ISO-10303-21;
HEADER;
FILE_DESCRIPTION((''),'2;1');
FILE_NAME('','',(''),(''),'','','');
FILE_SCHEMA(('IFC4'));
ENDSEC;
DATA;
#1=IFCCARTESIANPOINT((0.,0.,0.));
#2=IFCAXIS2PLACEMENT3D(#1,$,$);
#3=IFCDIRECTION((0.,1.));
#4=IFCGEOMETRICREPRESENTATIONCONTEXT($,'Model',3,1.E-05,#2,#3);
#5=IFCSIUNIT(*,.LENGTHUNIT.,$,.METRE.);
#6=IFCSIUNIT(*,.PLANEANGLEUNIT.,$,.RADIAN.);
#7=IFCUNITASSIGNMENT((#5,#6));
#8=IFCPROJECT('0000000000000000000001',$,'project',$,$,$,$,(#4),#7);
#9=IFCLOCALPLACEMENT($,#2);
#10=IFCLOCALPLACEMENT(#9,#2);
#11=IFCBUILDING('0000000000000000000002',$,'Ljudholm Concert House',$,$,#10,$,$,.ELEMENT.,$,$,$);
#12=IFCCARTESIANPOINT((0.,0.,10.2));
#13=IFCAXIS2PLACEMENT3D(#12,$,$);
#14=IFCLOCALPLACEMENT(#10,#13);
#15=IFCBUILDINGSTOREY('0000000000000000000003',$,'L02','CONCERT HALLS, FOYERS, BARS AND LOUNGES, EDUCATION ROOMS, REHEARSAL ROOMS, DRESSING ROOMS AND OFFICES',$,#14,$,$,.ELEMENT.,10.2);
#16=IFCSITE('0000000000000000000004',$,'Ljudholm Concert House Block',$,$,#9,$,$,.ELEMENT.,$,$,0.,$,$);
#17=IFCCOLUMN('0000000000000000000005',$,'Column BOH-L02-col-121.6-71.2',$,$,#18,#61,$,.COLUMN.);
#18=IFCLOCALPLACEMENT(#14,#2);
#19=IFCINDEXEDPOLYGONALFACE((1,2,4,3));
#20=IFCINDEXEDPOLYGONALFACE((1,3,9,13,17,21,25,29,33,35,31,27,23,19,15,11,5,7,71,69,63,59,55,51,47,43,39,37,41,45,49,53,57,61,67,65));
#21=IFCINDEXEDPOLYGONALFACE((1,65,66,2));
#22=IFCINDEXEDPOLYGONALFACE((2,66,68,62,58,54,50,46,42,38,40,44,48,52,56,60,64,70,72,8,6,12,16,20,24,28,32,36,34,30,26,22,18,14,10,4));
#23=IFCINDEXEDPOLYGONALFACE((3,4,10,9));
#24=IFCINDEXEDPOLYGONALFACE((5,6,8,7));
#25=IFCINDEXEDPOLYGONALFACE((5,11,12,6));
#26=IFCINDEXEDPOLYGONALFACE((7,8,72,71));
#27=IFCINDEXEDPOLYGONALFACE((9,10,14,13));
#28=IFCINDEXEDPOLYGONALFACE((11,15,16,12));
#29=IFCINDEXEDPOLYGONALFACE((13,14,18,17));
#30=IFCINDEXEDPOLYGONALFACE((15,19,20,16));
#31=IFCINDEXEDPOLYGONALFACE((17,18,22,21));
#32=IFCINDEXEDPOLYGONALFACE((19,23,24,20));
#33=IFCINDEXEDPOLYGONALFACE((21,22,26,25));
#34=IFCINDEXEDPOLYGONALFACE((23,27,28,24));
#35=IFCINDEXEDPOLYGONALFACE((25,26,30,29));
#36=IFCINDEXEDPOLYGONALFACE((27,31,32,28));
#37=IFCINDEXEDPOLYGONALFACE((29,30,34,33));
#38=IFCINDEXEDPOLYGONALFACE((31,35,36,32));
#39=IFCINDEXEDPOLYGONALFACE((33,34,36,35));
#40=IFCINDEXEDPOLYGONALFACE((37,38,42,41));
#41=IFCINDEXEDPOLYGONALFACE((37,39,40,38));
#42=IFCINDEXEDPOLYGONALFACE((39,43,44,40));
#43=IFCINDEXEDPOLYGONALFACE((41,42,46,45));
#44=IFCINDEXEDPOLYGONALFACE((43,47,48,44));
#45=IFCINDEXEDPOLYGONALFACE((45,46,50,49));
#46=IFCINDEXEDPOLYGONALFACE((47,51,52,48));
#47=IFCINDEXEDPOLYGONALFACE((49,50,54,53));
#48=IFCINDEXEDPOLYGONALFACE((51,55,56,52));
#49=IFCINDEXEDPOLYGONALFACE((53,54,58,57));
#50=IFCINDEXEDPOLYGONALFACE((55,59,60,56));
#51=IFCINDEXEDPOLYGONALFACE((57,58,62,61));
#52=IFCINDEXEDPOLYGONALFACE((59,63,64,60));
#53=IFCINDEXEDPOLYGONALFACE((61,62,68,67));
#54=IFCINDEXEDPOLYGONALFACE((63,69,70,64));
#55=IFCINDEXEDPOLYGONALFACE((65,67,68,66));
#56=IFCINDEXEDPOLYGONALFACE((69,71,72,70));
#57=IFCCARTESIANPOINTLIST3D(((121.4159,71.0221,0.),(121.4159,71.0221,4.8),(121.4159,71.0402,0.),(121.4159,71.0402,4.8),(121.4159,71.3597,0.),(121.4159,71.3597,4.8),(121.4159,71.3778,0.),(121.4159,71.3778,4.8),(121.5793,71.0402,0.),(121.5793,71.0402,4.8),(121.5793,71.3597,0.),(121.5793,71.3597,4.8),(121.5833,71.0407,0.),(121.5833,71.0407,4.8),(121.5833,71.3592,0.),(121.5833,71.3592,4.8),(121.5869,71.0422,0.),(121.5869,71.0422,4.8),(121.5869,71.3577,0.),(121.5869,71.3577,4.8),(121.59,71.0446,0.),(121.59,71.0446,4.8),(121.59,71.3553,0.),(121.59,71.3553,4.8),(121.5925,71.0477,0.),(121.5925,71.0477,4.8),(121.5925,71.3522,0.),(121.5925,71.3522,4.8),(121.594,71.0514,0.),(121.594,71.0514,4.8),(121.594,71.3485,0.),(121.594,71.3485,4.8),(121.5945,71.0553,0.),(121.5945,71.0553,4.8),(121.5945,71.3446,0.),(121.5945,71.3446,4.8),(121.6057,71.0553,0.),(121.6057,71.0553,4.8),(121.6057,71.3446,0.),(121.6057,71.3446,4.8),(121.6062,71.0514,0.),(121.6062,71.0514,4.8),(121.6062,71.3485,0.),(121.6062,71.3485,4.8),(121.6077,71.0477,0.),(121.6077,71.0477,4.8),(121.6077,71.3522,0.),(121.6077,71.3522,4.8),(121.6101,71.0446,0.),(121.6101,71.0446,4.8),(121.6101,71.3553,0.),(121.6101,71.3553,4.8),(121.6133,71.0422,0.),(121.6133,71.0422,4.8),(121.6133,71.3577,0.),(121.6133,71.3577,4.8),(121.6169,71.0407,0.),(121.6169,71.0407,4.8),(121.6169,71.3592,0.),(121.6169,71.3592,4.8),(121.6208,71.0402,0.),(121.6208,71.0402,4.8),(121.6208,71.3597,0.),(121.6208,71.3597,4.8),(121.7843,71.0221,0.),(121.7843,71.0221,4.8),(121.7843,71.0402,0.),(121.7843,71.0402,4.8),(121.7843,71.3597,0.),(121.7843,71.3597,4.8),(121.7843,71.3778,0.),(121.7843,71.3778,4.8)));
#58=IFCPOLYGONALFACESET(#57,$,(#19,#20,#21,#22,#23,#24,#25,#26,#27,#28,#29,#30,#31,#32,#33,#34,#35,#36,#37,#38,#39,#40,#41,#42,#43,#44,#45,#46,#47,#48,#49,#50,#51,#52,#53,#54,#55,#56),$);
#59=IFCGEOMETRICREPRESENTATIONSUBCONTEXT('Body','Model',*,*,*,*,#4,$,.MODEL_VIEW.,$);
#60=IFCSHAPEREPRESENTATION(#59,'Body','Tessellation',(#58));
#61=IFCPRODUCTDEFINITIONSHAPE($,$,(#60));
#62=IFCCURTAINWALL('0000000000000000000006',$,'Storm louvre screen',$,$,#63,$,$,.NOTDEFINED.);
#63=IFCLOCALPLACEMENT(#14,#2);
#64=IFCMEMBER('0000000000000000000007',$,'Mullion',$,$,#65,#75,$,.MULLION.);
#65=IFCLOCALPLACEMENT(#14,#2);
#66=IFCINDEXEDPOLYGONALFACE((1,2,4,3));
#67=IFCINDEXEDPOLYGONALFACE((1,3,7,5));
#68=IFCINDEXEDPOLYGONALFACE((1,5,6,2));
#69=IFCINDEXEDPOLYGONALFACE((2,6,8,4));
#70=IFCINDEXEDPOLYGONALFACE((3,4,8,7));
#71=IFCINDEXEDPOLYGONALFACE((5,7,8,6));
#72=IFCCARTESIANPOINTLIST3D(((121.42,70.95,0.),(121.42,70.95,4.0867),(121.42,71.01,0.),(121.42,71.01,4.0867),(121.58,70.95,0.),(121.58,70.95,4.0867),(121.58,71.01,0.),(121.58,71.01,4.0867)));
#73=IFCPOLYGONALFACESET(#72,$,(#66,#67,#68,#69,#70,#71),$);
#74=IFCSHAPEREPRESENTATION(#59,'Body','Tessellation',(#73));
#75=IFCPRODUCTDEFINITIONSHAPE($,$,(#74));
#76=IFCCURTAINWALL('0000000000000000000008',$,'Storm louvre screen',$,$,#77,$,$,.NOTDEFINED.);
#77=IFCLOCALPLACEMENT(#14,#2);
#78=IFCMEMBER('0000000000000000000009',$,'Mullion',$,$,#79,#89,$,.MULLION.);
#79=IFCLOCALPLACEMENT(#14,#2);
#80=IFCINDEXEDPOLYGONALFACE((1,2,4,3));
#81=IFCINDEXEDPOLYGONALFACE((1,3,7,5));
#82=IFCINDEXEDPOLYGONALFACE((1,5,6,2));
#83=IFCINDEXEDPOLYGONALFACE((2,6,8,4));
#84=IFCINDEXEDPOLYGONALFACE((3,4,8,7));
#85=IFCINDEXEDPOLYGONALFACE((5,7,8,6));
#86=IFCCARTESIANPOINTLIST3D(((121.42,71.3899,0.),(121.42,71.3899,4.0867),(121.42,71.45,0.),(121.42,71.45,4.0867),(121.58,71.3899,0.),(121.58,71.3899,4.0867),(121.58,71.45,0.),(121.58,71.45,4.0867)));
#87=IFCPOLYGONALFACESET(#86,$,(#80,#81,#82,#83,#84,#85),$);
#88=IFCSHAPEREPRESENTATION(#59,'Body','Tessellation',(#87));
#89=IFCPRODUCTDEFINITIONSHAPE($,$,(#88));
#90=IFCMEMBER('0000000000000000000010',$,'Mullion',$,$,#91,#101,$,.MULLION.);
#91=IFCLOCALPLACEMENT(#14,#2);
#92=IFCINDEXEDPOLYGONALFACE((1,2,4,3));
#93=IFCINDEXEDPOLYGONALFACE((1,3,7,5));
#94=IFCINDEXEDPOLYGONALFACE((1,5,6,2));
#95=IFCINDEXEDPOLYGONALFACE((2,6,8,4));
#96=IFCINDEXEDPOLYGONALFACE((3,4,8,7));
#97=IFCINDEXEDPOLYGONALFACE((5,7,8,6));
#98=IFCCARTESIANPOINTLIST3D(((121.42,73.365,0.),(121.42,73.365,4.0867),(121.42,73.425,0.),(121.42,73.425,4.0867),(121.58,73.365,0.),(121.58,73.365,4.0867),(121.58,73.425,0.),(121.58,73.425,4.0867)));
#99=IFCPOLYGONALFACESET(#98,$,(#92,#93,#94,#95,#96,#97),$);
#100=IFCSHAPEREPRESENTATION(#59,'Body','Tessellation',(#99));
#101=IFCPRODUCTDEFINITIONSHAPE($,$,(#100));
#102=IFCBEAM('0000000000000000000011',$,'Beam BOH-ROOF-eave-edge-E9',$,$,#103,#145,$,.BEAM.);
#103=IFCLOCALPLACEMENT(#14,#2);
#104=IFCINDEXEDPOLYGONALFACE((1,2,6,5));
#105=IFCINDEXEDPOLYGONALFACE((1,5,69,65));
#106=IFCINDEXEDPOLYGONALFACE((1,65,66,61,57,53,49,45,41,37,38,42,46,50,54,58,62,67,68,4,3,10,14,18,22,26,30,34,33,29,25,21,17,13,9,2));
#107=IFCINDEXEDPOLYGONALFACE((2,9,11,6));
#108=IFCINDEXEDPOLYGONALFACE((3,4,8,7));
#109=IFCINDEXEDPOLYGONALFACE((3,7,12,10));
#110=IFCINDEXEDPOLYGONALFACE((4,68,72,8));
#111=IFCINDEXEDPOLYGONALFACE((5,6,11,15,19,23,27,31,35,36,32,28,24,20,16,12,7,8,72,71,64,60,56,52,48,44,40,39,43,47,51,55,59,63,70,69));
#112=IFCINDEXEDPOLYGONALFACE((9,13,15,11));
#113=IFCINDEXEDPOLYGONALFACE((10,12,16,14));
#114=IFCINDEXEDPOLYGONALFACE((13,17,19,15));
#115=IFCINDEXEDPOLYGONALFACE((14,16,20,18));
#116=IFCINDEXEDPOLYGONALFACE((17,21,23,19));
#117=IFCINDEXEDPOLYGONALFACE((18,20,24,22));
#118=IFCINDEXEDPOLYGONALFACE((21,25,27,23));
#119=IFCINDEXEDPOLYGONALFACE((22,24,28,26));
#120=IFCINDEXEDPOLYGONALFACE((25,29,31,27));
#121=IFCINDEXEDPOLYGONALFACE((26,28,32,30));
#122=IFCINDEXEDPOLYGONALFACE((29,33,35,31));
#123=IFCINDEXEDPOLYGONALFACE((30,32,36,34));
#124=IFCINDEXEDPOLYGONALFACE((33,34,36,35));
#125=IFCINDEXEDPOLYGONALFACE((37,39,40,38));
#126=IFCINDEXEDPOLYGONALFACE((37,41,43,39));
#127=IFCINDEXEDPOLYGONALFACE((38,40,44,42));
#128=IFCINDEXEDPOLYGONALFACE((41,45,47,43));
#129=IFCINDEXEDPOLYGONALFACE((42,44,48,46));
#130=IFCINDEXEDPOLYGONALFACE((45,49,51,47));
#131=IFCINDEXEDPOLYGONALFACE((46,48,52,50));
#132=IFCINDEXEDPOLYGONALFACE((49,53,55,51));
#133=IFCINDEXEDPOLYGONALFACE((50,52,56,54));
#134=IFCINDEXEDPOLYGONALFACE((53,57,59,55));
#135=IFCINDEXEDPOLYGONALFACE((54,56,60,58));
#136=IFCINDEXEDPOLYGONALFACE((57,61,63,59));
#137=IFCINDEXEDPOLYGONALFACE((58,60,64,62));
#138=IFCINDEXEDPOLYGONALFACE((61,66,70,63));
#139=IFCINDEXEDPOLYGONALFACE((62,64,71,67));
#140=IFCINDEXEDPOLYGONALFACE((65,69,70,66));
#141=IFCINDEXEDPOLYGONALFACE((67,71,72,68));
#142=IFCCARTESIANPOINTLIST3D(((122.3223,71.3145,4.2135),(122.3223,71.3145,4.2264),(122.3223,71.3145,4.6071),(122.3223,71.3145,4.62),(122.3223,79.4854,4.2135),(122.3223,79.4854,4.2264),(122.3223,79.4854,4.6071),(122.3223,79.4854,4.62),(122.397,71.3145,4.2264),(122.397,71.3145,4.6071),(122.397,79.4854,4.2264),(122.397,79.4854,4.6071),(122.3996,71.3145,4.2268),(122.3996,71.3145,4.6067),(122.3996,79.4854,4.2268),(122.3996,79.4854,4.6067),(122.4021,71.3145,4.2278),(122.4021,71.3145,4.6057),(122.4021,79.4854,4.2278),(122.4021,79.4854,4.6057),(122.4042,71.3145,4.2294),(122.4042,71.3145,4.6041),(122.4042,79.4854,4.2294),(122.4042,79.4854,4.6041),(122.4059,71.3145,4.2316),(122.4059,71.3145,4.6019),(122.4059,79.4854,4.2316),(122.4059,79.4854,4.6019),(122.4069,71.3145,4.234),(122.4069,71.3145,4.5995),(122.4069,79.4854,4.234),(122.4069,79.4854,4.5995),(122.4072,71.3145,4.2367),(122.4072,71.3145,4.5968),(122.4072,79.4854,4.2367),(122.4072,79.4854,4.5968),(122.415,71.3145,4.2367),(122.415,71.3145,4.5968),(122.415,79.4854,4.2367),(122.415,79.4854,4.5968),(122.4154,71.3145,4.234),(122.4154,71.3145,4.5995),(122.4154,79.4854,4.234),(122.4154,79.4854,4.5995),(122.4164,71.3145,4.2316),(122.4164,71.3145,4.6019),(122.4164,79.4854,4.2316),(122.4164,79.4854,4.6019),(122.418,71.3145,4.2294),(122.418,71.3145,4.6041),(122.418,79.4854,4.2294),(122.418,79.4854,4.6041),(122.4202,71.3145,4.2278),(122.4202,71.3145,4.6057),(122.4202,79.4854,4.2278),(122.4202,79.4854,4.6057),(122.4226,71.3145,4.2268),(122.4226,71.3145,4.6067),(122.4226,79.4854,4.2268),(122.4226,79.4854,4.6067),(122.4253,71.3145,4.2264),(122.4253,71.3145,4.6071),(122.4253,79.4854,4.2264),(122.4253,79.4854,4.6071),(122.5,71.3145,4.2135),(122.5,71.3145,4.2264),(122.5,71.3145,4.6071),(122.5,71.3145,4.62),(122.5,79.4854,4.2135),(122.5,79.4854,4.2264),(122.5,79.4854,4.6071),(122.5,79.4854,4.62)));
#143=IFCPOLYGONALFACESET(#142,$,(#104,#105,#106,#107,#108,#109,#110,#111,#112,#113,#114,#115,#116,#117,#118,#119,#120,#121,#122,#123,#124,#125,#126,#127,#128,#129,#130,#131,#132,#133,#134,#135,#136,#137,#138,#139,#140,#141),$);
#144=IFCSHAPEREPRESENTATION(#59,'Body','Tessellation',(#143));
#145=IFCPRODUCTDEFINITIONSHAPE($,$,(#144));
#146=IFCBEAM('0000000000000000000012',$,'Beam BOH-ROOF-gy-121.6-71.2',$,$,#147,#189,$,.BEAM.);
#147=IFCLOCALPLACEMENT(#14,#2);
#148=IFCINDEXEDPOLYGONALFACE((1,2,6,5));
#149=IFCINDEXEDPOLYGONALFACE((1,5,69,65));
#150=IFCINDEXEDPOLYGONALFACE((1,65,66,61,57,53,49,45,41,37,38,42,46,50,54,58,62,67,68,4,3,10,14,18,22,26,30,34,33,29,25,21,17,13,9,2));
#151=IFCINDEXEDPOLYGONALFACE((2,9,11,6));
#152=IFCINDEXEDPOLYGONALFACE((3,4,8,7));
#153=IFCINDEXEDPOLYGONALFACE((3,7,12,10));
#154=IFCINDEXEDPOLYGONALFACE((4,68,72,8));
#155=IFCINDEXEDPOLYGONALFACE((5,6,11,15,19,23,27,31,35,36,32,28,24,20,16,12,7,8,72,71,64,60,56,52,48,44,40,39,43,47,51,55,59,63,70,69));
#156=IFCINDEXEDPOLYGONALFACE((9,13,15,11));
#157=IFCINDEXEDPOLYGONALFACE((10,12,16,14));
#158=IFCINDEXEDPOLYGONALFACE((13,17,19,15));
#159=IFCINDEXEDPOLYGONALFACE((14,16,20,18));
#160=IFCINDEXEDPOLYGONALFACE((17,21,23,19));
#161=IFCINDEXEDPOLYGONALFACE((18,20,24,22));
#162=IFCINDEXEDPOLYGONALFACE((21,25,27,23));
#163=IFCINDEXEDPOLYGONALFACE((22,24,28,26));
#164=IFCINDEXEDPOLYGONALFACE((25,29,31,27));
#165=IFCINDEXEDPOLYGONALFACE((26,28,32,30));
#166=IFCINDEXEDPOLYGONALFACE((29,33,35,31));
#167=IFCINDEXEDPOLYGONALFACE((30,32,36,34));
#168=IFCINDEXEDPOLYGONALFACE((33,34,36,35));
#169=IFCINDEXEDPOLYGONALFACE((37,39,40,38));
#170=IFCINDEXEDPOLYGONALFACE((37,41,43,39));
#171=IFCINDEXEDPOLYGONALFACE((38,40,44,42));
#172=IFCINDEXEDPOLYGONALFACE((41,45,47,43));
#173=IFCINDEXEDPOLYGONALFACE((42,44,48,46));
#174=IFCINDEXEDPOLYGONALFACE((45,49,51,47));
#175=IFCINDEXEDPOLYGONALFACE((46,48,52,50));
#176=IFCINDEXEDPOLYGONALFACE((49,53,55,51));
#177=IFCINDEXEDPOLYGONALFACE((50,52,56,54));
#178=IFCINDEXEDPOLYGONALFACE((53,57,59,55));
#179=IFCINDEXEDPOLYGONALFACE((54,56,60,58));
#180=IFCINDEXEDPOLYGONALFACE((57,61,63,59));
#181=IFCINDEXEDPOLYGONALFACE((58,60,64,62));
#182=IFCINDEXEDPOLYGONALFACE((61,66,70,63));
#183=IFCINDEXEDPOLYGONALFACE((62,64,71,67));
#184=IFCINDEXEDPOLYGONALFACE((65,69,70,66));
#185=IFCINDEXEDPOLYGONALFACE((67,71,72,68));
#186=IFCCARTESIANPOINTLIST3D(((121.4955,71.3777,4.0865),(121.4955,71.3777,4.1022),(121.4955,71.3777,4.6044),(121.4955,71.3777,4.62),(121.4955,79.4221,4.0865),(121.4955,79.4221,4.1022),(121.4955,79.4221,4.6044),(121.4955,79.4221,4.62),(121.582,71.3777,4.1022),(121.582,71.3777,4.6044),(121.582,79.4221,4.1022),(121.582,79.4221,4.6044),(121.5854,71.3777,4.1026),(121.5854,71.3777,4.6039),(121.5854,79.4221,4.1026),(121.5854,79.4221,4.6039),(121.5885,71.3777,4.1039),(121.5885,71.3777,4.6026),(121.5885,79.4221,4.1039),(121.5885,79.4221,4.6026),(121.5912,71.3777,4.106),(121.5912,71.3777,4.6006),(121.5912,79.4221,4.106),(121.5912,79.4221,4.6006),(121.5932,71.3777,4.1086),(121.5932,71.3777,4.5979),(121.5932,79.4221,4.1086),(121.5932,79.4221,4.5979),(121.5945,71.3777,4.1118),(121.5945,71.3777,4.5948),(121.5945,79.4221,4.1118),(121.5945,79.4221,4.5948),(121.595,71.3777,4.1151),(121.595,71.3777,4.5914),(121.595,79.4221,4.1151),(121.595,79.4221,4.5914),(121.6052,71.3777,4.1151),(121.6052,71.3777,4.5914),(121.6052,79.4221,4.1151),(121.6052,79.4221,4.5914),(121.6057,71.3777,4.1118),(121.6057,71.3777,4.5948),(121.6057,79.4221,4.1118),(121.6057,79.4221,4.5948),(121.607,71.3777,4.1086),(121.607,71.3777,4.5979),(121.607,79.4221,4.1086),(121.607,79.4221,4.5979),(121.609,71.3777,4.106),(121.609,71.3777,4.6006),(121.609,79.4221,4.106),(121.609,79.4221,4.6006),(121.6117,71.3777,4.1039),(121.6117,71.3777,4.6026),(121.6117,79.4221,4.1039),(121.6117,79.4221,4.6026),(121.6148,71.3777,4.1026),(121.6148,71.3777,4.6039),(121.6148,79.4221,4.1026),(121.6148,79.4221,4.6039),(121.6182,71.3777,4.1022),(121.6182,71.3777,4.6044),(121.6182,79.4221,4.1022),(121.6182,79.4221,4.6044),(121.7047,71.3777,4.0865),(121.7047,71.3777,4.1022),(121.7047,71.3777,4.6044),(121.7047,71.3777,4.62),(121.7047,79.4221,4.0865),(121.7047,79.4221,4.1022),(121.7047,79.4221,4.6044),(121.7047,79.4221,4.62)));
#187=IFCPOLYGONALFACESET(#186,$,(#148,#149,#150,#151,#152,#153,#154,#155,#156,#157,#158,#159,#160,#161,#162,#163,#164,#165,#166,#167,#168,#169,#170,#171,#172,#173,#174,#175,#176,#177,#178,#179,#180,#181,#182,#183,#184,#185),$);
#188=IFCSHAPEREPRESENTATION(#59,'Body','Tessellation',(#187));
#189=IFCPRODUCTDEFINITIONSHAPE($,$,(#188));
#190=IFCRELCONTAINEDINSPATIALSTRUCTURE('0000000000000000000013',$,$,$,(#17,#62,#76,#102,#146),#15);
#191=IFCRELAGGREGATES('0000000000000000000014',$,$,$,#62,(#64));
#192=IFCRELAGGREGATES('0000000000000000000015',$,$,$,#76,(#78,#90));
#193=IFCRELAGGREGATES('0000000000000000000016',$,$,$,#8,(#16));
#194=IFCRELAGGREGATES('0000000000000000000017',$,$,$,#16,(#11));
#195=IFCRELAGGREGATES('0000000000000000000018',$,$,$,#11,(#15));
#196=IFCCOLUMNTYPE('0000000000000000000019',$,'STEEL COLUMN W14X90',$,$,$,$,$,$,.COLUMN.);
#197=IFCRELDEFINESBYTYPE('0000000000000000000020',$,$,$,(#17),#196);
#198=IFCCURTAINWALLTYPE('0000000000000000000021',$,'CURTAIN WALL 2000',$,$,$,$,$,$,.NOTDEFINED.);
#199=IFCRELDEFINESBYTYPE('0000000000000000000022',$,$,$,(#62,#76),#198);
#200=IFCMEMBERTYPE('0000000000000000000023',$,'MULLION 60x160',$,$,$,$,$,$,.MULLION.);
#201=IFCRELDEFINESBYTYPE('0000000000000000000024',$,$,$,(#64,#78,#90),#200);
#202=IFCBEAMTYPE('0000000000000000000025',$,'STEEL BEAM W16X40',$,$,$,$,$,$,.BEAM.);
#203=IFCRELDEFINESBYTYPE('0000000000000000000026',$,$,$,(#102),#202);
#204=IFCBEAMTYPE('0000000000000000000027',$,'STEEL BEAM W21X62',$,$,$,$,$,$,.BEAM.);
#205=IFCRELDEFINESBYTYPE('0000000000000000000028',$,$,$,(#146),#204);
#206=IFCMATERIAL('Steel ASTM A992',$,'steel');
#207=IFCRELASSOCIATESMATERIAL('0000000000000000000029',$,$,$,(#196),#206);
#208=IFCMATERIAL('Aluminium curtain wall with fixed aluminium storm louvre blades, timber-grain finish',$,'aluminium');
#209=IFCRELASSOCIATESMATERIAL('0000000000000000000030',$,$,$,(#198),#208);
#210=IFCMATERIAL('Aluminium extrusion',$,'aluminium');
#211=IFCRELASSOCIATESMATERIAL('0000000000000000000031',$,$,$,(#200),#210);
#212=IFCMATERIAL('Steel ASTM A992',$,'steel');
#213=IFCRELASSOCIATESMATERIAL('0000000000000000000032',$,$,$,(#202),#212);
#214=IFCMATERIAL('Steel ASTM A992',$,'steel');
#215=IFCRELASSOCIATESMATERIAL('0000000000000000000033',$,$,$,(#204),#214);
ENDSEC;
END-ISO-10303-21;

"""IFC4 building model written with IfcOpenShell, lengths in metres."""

from ifc_helpers import new_model, si_unit, direction, frame, origin, origin_2d, place, context, subcontext, project, spatial, rectangle, i_section, extrude, material, material_profile, profile_set, type_object, element, aggregate, save


model = new_model("IFC4")

# Units and contexts
model_context = context("Model", 3, precision=1e-05, world=origin(), true_north=direction((0.0, 1.0)))
body_context = subcontext(model_context, "Body", "Model", "MODEL_VIEW")
ifc_project = project(units=[si_unit("LENGTHUNIT", "METRE"), si_unit("PLANEANGLEUNIT", "RADIAN")], contexts=[model_context])

# Site, building, storey
site_placement = place(None, origin())
site = spatial("IfcSite", under=ifc_project, at=site_placement, Name="Ljudholm Concert House Block", CompositionType="ELEMENT", RefElevation=0.0)
building_placement = place(site_placement, origin())
building = spatial("IfcBuilding", under=site, at=building_placement, Name="Ljudholm Concert House", CompositionType="ELEMENT")
storey_placement = place(building_placement, frame((0.0, 0.0, 10.2)))
storey = spatial("IfcBuildingStorey", under=building, at=storey_placement, Name="L02", Description="CONCERT HALLS, FOYERS, BARS AND LOUNGES, EDUCATION ROOMS, REHEARSAL ROOMS, DRESSING ROOMS AND OFFICES", CompositionType="ELEMENT", Elevation=10.2)

# Column
ifc_material_1 = material(Name="Steel ASTM A992", Category="steel")
ifc_material_profile_1 = material_profile(ifc_material_1, i_section(OverallWidth=0.3684, OverallDepth=0.3557, WebThickness=0.0112, FlangeThickness=0.0181, FilletRadius=0.0151, at=origin_2d()), Name="W14X90")
ifc_profile_set_1 = profile_set([ifc_material_profile_1], Name="Steel ASTM A992")
column_type = type_object("IfcColumnType", Name="STEEL COLUMN W14X90", PredefinedType="COLUMN", material=ifc_profile_set_1)
column_placement = place(storey_placement, frame((121.6001, 71.2, 0.0), z_axis=(0.0, 0.0, 1.0), x_axis=(1.0, 0.0, 0.0)))
element("IfcColumn", 1, at=column_placement, inside=storey, type_object=column_type, Name="Column BOH-L02-col-121.6-71.2", PredefinedType="COLUMN", context=body_context, shape_type="SweptSolid", body=[
    extrude(i_section(OverallWidth=0.3684, OverallDepth=0.3557, WebThickness=0.0112, FlangeThickness=0.0181, FilletRadius=0.0151, at=origin_2d()), origin(), (0.0, 0.0, 1.0), 4.8),
])

# Curtain wall, member
ifc_material_2 = material(Name="Aluminium curtain wall with fixed aluminium storm louvre blades, timber-grain finish", Category="aluminium")
curtain_wall_type = type_object("IfcCurtainWallType", Name="CURTAIN WALL 2000", PredefinedType="NOTDEFINED", material=ifc_material_2)
curtain_wall_1_placement = place(storey_placement, origin())
curtain_wall_1 = element("IfcCurtainWall", 2, at=curtain_wall_1_placement, inside=storey, type_object=curtain_wall_type, Name="Storm louvre screen", PredefinedType="NOTDEFINED")
ifc_material_3 = material(Name="Aluminium extrusion", Category="aluminium")
ifc_material_profile_2 = material_profile(ifc_material_3, rectangle(XDim=0.1599, YDim=0.0601, at=origin_2d()), Name="MULLION 60x160")
ifc_profile_set_2 = profile_set([ifc_material_profile_2], Name="Aluminium extrusion")
member_type_1 = type_object("IfcMemberType", Name="MULLION 60x160", PredefinedType="MULLION", material=ifc_profile_set_2)
member_1_placement = place(storey_placement, frame((121.5, 70.98, 0.0), z_axis=(0.0, 0.0, 1.0), x_axis=(-1.0, 0.0, 0.0)))
member_1 = element("IfcMember", 3, at=member_1_placement, type_object=member_type_1, Name="Mullion", PredefinedType="MULLION", context=body_context, shape_type="SweptSolid", body=[
    extrude(rectangle(XDim=0.1599, YDim=0.0601, at=origin_2d()), origin(), (0.0, 0.0, 1.0), 4.0867),
])

# Curtain wall, members
curtain_wall_2_placement = place(storey_placement, origin())
curtain_wall_2 = element("IfcCurtainWall", 4, at=curtain_wall_2_placement, inside=storey, type_object=curtain_wall_type, Name="Storm louvre screen", PredefinedType="NOTDEFINED")
member_2_placement = place(storey_placement, frame((121.5, 71.4199, 0.0), z_axis=(0.0, 0.0, 1.0), x_axis=(-1.0, 0.0, 0.0)))
member_2 = element("IfcMember", 5, at=member_2_placement, type_object=member_type_1, Name="Mullion", PredefinedType="MULLION", context=body_context, shape_type="SweptSolid", body=[
    extrude(rectangle(XDim=0.1599, YDim=0.0601, at=origin_2d()), origin(), (0.0, 0.0, 1.0), 4.0867),
])
member_3_placement = place(storey_placement, frame((121.5, 73.395, 0.0), z_axis=(0.0, 0.0, 1.0), x_axis=(-1.0, 0.0, 0.0)))
member_3 = element("IfcMember", 6, at=member_3_placement, type_object=member_type_1, Name="Mullion", PredefinedType="MULLION", context=body_context, shape_type="SweptSolid", body=[
    extrude(rectangle(XDim=0.1599, YDim=0.0601, at=origin_2d()), origin(), (0.0, 0.0, 1.0), 4.0867),
])

# Beams
ifc_material_4 = material(Name="Steel ASTM A992", Category="steel")
ifc_material_profile_3 = material_profile(ifc_material_4, i_section(OverallWidth=0.1777, OverallDepth=0.4065, WebThickness=0.0078, FlangeThickness=0.0129, FilletRadius=0.0103, at=origin_2d()), Name="W16X40")
ifc_profile_set_3 = profile_set([ifc_material_profile_3], Name="Steel ASTM A992")
beam_type_1 = type_object("IfcBeamType", Name="STEEL BEAM W16X40", PredefinedType="BEAM", material=ifc_profile_set_3)
beam_1_placement = place(storey_placement, frame((122.4111, 71.3145, 4.4167), z_axis=(0.0, 1.0, 0.0), x_axis=(-1.0, 0.0, 0.0)))
element("IfcBeam", 7, at=beam_1_placement, inside=storey, type_object=beam_type_1, Name="Beam BOH-ROOF-eave-edge-E9", PredefinedType="BEAM", context=body_context, shape_type="SweptSolid", body=[
    extrude(i_section(OverallWidth=0.1777, OverallDepth=0.4065, WebThickness=0.0078, FlangeThickness=0.0129, FilletRadius=0.0103, at=origin_2d()), origin(), (0.0, 0.0, 1.0), 8.1709),
])
ifc_material_5 = material(Name="Steel ASTM A992", Category="steel")
ifc_material_profile_4 = material_profile(ifc_material_5, i_section(OverallWidth=0.2092, OverallDepth=0.5334, WebThickness=0.0103, FlangeThickness=0.0156, FilletRadius=0.0129, at=origin_2d()), Name="W21X62")
ifc_profile_set_4 = profile_set([ifc_material_profile_4], Name="Steel ASTM A992")
beam_type_2 = type_object("IfcBeamType", Name="STEEL BEAM W21X62", PredefinedType="BEAM", material=ifc_profile_set_4)
beam_2_placement = place(storey_placement, frame((121.6001, 71.3777, 4.3533), z_axis=(0.0, 1.0, 0.0), x_axis=(-1.0, 0.0, 0.0)))
element("IfcBeam", 8, at=beam_2_placement, inside=storey, type_object=beam_type_2, Name="Beam BOH-ROOF-gy-121.6-71.2", PredefinedType="BEAM", context=body_context, shape_type="SweptSolid", body=[
    extrude(i_section(OverallWidth=0.2092, OverallDepth=0.5334, WebThickness=0.0103, FlangeThickness=0.0156, FilletRadius=0.0129, at=origin_2d()), origin(), (0.0, 0.0, 1.0), 8.0444),
])

aggregate(curtain_wall_1, [member_1])
aggregate(curtain_wall_2, [member_2, member_3])

save(model, "model.ifc")
